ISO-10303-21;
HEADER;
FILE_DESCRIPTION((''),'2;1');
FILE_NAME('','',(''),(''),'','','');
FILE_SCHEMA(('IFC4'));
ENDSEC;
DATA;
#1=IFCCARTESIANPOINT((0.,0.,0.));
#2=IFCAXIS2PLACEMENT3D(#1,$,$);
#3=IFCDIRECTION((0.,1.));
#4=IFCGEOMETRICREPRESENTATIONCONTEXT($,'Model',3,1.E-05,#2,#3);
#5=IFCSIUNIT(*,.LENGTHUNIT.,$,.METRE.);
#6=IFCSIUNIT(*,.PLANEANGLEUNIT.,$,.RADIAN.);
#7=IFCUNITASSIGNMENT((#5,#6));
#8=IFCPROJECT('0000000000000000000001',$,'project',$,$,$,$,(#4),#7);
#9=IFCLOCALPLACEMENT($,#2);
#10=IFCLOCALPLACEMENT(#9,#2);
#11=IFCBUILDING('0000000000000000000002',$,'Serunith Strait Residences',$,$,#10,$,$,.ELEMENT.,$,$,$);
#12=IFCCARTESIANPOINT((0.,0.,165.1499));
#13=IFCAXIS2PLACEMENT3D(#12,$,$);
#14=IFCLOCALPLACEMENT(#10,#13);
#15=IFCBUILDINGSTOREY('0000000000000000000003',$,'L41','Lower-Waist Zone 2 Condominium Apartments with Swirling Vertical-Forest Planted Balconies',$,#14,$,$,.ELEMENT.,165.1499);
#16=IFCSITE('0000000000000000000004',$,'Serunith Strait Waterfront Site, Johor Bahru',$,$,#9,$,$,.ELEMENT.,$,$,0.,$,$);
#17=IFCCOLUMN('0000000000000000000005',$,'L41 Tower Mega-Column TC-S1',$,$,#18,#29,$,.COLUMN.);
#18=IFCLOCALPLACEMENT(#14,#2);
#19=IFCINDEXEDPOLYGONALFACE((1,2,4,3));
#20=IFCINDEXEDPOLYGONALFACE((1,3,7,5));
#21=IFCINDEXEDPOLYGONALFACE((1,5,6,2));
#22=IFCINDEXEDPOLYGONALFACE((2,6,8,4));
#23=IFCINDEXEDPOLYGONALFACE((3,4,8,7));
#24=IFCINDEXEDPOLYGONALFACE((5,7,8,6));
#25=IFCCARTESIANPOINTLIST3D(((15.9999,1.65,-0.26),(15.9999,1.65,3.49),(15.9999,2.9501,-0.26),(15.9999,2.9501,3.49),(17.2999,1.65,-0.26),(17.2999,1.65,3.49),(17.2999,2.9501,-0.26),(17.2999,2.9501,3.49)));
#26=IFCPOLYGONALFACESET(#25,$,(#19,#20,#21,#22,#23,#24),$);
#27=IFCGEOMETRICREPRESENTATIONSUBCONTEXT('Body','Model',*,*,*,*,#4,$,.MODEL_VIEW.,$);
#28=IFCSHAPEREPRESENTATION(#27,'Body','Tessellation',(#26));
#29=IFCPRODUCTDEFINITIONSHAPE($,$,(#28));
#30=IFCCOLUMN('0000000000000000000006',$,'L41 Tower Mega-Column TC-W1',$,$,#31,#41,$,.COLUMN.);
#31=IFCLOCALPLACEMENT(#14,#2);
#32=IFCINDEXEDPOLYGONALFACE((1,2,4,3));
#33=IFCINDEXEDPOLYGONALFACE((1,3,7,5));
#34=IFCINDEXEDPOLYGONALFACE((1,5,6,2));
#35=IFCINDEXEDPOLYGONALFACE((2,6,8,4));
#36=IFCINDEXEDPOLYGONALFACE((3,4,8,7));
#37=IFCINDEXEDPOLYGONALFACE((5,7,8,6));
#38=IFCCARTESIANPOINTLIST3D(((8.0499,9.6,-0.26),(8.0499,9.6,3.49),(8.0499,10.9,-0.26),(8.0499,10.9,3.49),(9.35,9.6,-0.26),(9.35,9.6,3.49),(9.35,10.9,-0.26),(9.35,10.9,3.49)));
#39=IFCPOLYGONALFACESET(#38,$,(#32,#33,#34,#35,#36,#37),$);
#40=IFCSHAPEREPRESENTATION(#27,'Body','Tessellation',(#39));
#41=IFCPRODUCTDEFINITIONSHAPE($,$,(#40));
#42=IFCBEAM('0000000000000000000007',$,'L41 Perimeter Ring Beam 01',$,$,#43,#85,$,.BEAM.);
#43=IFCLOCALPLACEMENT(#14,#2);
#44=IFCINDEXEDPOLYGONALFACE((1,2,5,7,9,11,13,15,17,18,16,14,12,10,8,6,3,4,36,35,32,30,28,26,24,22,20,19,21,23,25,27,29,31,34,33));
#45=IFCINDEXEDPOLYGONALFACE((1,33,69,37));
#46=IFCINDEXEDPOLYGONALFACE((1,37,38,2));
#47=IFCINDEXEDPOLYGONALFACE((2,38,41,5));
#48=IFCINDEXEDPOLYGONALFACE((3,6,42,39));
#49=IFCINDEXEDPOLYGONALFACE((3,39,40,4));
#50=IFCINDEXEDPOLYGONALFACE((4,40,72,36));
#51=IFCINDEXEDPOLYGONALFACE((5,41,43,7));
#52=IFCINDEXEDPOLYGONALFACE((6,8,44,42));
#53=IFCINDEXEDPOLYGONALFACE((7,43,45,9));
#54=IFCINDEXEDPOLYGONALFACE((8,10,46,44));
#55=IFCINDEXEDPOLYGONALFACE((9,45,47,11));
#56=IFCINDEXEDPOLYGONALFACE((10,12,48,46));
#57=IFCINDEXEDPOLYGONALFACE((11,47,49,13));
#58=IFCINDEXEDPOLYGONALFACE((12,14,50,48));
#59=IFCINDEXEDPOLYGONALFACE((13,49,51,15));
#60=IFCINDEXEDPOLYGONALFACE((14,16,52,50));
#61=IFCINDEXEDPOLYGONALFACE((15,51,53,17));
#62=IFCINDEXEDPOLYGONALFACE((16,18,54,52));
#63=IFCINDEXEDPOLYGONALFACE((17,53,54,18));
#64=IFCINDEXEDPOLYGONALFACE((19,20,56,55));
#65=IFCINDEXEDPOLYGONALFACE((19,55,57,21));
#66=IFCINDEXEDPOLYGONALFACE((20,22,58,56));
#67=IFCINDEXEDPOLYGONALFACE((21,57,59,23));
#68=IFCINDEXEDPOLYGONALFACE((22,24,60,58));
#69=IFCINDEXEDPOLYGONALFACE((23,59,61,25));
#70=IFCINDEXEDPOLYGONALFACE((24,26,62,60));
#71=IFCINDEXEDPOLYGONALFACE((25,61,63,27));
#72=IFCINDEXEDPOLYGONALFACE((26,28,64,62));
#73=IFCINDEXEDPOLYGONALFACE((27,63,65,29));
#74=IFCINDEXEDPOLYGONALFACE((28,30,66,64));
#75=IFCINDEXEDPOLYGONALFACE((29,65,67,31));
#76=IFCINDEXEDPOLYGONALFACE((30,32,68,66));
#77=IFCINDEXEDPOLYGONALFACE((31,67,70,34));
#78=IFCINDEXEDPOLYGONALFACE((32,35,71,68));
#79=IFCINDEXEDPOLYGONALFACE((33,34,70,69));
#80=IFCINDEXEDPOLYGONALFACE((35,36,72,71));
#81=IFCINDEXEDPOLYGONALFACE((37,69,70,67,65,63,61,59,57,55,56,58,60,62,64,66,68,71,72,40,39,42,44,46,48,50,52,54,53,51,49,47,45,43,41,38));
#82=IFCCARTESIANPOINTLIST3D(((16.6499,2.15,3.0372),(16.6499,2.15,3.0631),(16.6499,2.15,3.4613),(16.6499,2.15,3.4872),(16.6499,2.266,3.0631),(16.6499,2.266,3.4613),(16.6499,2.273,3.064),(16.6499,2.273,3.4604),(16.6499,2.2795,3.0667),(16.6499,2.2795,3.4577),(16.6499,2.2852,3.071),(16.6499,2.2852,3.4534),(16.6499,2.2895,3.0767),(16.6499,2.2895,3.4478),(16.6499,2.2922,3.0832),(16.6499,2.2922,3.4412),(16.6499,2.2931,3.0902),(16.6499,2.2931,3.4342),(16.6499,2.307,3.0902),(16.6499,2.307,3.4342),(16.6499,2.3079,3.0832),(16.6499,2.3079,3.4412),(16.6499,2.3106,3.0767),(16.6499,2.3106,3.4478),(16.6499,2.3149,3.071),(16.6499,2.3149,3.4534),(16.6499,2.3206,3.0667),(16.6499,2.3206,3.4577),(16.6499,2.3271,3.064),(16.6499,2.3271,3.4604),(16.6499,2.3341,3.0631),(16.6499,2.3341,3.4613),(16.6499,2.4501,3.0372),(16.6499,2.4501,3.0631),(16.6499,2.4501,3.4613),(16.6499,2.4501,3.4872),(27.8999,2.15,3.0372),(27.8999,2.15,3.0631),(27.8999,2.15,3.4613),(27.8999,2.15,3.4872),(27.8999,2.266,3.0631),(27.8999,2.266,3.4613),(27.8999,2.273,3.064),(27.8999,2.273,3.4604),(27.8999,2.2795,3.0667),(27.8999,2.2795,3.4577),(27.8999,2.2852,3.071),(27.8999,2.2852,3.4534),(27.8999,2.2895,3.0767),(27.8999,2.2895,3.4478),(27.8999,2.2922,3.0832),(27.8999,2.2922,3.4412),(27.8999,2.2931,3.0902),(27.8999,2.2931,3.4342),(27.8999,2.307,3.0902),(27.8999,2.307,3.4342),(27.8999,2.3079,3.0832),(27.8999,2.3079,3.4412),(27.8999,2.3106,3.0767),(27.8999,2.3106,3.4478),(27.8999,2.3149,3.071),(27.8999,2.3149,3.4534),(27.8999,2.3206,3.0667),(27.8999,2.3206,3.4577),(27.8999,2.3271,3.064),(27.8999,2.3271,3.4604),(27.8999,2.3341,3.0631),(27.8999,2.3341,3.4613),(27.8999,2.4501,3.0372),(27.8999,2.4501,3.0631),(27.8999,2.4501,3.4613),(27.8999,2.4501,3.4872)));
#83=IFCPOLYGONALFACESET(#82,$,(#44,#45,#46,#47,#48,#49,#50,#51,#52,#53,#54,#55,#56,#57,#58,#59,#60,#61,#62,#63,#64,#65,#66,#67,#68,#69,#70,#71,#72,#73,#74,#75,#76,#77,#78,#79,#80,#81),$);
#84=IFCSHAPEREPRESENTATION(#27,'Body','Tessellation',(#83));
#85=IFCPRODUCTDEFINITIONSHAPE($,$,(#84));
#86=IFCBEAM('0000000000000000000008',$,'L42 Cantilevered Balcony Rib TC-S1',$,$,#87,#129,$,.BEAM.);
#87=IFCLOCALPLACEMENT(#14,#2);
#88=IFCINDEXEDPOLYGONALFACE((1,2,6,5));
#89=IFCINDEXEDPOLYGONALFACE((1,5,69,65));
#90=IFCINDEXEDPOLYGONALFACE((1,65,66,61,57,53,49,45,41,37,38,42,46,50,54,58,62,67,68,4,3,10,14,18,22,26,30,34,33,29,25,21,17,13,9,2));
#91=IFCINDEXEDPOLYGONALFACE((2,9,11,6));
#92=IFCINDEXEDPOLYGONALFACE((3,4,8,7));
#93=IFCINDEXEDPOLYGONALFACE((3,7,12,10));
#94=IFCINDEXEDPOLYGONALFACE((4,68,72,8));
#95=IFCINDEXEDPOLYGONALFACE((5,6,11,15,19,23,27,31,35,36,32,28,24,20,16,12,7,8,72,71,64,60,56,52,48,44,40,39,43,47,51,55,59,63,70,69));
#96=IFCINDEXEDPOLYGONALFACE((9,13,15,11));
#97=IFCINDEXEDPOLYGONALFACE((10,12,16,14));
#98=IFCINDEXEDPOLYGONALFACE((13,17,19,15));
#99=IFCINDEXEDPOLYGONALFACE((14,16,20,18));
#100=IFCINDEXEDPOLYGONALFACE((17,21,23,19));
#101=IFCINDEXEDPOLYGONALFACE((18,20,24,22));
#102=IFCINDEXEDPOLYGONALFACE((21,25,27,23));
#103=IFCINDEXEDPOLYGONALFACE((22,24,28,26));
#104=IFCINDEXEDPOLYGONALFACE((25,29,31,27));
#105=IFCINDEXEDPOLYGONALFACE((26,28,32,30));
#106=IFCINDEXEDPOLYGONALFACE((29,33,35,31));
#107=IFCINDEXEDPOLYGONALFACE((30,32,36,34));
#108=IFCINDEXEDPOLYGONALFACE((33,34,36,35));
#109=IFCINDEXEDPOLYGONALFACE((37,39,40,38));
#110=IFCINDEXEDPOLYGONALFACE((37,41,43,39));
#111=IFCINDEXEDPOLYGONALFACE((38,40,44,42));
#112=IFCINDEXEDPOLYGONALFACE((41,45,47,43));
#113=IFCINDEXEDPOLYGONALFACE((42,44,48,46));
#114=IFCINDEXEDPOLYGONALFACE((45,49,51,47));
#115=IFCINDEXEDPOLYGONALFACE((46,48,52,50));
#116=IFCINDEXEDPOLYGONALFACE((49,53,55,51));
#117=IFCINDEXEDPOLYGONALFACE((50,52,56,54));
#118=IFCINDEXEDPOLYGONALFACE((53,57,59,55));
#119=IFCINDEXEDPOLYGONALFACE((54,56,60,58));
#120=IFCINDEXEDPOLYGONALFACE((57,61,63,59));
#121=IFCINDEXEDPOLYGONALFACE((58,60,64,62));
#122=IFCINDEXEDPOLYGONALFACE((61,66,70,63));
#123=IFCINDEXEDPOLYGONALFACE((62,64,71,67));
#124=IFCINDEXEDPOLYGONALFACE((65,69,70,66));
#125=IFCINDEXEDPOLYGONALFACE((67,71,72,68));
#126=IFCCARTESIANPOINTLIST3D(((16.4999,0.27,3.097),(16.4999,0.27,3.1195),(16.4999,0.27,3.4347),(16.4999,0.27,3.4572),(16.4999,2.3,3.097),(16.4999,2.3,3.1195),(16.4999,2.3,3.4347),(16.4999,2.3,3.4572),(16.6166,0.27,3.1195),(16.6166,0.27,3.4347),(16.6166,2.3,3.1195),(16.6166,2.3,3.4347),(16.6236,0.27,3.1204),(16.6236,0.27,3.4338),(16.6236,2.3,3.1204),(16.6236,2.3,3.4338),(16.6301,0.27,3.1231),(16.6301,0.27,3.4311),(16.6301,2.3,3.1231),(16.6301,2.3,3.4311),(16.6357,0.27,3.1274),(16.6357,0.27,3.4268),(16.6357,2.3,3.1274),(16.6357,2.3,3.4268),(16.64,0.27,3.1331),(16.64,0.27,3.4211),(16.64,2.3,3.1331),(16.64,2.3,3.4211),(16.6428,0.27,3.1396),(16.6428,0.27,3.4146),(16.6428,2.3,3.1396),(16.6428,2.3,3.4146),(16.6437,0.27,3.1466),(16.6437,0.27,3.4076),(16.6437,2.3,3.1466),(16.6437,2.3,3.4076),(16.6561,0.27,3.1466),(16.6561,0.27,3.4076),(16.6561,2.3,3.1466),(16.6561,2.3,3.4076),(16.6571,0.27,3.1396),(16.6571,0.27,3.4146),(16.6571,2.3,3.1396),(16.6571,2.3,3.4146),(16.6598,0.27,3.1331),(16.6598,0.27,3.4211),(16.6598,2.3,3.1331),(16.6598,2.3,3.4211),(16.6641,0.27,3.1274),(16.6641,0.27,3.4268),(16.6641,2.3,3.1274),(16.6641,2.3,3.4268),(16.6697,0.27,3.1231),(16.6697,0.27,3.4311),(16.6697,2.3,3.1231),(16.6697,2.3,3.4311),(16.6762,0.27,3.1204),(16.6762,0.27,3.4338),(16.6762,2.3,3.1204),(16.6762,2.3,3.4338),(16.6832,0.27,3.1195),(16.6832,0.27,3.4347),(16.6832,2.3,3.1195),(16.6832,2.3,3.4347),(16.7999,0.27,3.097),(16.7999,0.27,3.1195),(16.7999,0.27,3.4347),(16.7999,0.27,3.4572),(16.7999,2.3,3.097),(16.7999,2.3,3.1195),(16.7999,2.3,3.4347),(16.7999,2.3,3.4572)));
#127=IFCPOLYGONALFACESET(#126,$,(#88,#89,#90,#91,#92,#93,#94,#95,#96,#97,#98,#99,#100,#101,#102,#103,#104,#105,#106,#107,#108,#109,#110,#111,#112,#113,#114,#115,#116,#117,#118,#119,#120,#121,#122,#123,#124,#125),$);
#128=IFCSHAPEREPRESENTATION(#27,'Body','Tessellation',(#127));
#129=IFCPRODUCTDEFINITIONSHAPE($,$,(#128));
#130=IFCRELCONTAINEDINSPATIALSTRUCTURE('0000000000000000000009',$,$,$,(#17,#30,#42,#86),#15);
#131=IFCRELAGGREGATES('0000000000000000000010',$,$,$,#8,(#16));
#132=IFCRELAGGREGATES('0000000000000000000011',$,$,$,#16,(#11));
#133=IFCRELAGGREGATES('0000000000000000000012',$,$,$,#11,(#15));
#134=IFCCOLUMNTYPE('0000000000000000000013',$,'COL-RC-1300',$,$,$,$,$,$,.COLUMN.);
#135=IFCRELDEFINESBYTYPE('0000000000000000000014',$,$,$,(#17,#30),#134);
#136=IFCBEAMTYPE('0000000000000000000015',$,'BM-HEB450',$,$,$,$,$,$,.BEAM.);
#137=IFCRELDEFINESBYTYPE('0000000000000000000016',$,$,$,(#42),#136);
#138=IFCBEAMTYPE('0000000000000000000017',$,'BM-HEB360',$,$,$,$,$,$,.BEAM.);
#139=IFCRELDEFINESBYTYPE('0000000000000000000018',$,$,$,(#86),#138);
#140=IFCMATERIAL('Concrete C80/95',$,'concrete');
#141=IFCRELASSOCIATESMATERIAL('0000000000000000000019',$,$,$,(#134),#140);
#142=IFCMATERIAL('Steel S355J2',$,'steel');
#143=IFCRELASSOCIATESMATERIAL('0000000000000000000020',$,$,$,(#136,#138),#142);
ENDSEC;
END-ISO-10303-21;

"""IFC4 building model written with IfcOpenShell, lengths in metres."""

from ifc_helpers import new_model, si_unit, direction, frame, origin, origin_2d, place, context, subcontext, project, spatial, rectangle, i_section, extrude, source, transform, mapped, material, material_profile, profile_set, type_object, element, save


model = new_model("IFC4")

# Units and contexts
model_context = context("Model", 3, precision=1e-05, world=origin(), true_north=direction((0.0, 1.0)))
body_context = subcontext(model_context, "Body", "Model", "MODEL_VIEW")
ifc_project = project(units=[si_unit("LENGTHUNIT", "METRE"), si_unit("PLANEANGLEUNIT", "RADIAN")], contexts=[model_context])

# Site, building, storey
site_placement = place(None, origin())
site = spatial("IfcSite", under=ifc_project, at=site_placement, Name="Serunith Strait Waterfront Site, Johor Bahru", CompositionType="ELEMENT", RefElevation=0.0)
building_placement = place(site_placement, origin())
building = spatial("IfcBuilding", under=site, at=building_placement, Name="Serunith Strait Residences", CompositionType="ELEMENT")
storey_placement = place(building_placement, frame((0.0, 0.0, 165.1499)))
storey = spatial("IfcBuildingStorey", under=building, at=storey_placement, Name="L41", Description="Lower-Waist Zone 2 Condominium Apartments with Swirling Vertical-Forest Planted Balconies", CompositionType="ELEMENT", Elevation=165.1499)

# Columns
ifc_material_1 = material(Name="Concrete C80/95", Category="concrete")
ifc_material_profile_1 = material_profile(ifc_material_1, rectangle(XDim=1.3, YDim=1.3, at=origin_2d()), Name="RC 1300x1300")
ifc_profile_set_1 = profile_set([ifc_material_profile_1], Name="Concrete C80/95")
column_type = type_object("IfcColumnType", Name="COL-RC-1300", PredefinedType="COLUMN", material=ifc_profile_set_1)
shared_shape_1 = source(origin(), body_context, "Body", "SweptSolid", [
    extrude(rectangle(XDim=1.3, YDim=1.3, at=origin_2d()), origin(), (0.0, 0.0, 1.0), 3.75),
])
for number, where, z_axis, x_axis, name in (
    (1, (16.6499, 2.3, -0.26), (0.0, 0.0, 1.0), (1.0, 0.0, 0.0), "L41 Tower Mega-Column TC-S1"),
    (2, (8.7, 10.25, -0.26), (0.0, 0.0, 1.0), (1.0, 0.0, 0.0), "L41 Tower Mega-Column TC-W1"),
):
    element("IfcColumn", number, at=place(storey_placement, frame(where, z_axis=z_axis, x_axis=x_axis)), inside=storey, type_object=column_type, Name=name, PredefinedType="COLUMN", context=body_context, shape_type="MappedRepresentation", body=[
        mapped(shared_shape_1, transform((0.0, 0.0, 0.0), scale=1.0)),
    ])

# Beams
ifc_material_2 = material(Name="Steel S355J2", Category="steel")
ifc_material_profile_2 = material_profile(ifc_material_2, i_section(OverallWidth=0.3, OverallDepth=0.45, WebThickness=0.0139, FlangeThickness=0.0259, FilletRadius=0.0271, at=origin_2d()), Name="HEB 450")
ifc_profile_set_2 = profile_set([ifc_material_profile_2], Name="Steel S355J2")
beam_type_1 = type_object("IfcBeamType", Name="BM-HEB450", PredefinedType="BEAM", material=ifc_profile_set_2)
shared_shape_2 = source(origin(), body_context, "Body", "SweptSolid", [
    extrude(i_section(OverallWidth=0.3, OverallDepth=0.45, WebThickness=0.0139, FlangeThickness=0.0259, FilletRadius=0.0271, at=origin_2d()), origin(), (0.0, 0.0, 1.0), 11.25),
])
beam_1_placement = place(storey_placement, frame((16.6499, 2.3, 3.2622), z_axis=(1.0, 0.0, 0.0), x_axis=(0.0, 1.0, 0.0)))
element("IfcBeam", 3, at=beam_1_placement, inside=storey, type_object=beam_type_1, Name="L41 Perimeter Ring Beam 01", PredefinedType="BEAM", context=body_context, shape_type="MappedRepresentation", body=[
    mapped(shared_shape_2, transform((0.0, 0.0, 0.0), scale=1.0)),
])
ifc_material_profile_3 = material_profile(ifc_material_2, i_section(OverallWidth=0.3, OverallDepth=0.3601, WebThickness=0.0125, FlangeThickness=0.0225, FilletRadius=0.0271, at=origin_2d()), Name="HEB 360")
ifc_profile_set_3 = profile_set([ifc_material_profile_3], Name="Steel S355J2")
beam_type_2 = type_object("IfcBeamType", Name="BM-HEB360", PredefinedType="BEAM", material=ifc_profile_set_3)
shared_shape_3 = source(origin(), body_context, "Body", "SweptSolid", [
    extrude(i_section(OverallWidth=0.3, OverallDepth=0.3601, WebThickness=0.0125, FlangeThickness=0.0225, FilletRadius=0.0271, at=origin_2d()), origin(), (0.0, 0.0, 1.0), 2.03),
])
beam_2_placement = place(storey_placement, frame((16.6499, 2.3, 3.2771), z_axis=(0.0, -1.0, 0.0), x_axis=(1.0, 0.0, 0.0)))
element("IfcBeam", 4, at=beam_2_placement, inside=storey, type_object=beam_type_2, Name="L42 Cantilevered Balcony Rib TC-S1", PredefinedType="BEAM", context=body_context, shape_type="MappedRepresentation", body=[
    mapped(shared_shape_3, transform((0.0, 0.0, 0.0), scale=1.0)),
])

save(model, "model.ifc")
